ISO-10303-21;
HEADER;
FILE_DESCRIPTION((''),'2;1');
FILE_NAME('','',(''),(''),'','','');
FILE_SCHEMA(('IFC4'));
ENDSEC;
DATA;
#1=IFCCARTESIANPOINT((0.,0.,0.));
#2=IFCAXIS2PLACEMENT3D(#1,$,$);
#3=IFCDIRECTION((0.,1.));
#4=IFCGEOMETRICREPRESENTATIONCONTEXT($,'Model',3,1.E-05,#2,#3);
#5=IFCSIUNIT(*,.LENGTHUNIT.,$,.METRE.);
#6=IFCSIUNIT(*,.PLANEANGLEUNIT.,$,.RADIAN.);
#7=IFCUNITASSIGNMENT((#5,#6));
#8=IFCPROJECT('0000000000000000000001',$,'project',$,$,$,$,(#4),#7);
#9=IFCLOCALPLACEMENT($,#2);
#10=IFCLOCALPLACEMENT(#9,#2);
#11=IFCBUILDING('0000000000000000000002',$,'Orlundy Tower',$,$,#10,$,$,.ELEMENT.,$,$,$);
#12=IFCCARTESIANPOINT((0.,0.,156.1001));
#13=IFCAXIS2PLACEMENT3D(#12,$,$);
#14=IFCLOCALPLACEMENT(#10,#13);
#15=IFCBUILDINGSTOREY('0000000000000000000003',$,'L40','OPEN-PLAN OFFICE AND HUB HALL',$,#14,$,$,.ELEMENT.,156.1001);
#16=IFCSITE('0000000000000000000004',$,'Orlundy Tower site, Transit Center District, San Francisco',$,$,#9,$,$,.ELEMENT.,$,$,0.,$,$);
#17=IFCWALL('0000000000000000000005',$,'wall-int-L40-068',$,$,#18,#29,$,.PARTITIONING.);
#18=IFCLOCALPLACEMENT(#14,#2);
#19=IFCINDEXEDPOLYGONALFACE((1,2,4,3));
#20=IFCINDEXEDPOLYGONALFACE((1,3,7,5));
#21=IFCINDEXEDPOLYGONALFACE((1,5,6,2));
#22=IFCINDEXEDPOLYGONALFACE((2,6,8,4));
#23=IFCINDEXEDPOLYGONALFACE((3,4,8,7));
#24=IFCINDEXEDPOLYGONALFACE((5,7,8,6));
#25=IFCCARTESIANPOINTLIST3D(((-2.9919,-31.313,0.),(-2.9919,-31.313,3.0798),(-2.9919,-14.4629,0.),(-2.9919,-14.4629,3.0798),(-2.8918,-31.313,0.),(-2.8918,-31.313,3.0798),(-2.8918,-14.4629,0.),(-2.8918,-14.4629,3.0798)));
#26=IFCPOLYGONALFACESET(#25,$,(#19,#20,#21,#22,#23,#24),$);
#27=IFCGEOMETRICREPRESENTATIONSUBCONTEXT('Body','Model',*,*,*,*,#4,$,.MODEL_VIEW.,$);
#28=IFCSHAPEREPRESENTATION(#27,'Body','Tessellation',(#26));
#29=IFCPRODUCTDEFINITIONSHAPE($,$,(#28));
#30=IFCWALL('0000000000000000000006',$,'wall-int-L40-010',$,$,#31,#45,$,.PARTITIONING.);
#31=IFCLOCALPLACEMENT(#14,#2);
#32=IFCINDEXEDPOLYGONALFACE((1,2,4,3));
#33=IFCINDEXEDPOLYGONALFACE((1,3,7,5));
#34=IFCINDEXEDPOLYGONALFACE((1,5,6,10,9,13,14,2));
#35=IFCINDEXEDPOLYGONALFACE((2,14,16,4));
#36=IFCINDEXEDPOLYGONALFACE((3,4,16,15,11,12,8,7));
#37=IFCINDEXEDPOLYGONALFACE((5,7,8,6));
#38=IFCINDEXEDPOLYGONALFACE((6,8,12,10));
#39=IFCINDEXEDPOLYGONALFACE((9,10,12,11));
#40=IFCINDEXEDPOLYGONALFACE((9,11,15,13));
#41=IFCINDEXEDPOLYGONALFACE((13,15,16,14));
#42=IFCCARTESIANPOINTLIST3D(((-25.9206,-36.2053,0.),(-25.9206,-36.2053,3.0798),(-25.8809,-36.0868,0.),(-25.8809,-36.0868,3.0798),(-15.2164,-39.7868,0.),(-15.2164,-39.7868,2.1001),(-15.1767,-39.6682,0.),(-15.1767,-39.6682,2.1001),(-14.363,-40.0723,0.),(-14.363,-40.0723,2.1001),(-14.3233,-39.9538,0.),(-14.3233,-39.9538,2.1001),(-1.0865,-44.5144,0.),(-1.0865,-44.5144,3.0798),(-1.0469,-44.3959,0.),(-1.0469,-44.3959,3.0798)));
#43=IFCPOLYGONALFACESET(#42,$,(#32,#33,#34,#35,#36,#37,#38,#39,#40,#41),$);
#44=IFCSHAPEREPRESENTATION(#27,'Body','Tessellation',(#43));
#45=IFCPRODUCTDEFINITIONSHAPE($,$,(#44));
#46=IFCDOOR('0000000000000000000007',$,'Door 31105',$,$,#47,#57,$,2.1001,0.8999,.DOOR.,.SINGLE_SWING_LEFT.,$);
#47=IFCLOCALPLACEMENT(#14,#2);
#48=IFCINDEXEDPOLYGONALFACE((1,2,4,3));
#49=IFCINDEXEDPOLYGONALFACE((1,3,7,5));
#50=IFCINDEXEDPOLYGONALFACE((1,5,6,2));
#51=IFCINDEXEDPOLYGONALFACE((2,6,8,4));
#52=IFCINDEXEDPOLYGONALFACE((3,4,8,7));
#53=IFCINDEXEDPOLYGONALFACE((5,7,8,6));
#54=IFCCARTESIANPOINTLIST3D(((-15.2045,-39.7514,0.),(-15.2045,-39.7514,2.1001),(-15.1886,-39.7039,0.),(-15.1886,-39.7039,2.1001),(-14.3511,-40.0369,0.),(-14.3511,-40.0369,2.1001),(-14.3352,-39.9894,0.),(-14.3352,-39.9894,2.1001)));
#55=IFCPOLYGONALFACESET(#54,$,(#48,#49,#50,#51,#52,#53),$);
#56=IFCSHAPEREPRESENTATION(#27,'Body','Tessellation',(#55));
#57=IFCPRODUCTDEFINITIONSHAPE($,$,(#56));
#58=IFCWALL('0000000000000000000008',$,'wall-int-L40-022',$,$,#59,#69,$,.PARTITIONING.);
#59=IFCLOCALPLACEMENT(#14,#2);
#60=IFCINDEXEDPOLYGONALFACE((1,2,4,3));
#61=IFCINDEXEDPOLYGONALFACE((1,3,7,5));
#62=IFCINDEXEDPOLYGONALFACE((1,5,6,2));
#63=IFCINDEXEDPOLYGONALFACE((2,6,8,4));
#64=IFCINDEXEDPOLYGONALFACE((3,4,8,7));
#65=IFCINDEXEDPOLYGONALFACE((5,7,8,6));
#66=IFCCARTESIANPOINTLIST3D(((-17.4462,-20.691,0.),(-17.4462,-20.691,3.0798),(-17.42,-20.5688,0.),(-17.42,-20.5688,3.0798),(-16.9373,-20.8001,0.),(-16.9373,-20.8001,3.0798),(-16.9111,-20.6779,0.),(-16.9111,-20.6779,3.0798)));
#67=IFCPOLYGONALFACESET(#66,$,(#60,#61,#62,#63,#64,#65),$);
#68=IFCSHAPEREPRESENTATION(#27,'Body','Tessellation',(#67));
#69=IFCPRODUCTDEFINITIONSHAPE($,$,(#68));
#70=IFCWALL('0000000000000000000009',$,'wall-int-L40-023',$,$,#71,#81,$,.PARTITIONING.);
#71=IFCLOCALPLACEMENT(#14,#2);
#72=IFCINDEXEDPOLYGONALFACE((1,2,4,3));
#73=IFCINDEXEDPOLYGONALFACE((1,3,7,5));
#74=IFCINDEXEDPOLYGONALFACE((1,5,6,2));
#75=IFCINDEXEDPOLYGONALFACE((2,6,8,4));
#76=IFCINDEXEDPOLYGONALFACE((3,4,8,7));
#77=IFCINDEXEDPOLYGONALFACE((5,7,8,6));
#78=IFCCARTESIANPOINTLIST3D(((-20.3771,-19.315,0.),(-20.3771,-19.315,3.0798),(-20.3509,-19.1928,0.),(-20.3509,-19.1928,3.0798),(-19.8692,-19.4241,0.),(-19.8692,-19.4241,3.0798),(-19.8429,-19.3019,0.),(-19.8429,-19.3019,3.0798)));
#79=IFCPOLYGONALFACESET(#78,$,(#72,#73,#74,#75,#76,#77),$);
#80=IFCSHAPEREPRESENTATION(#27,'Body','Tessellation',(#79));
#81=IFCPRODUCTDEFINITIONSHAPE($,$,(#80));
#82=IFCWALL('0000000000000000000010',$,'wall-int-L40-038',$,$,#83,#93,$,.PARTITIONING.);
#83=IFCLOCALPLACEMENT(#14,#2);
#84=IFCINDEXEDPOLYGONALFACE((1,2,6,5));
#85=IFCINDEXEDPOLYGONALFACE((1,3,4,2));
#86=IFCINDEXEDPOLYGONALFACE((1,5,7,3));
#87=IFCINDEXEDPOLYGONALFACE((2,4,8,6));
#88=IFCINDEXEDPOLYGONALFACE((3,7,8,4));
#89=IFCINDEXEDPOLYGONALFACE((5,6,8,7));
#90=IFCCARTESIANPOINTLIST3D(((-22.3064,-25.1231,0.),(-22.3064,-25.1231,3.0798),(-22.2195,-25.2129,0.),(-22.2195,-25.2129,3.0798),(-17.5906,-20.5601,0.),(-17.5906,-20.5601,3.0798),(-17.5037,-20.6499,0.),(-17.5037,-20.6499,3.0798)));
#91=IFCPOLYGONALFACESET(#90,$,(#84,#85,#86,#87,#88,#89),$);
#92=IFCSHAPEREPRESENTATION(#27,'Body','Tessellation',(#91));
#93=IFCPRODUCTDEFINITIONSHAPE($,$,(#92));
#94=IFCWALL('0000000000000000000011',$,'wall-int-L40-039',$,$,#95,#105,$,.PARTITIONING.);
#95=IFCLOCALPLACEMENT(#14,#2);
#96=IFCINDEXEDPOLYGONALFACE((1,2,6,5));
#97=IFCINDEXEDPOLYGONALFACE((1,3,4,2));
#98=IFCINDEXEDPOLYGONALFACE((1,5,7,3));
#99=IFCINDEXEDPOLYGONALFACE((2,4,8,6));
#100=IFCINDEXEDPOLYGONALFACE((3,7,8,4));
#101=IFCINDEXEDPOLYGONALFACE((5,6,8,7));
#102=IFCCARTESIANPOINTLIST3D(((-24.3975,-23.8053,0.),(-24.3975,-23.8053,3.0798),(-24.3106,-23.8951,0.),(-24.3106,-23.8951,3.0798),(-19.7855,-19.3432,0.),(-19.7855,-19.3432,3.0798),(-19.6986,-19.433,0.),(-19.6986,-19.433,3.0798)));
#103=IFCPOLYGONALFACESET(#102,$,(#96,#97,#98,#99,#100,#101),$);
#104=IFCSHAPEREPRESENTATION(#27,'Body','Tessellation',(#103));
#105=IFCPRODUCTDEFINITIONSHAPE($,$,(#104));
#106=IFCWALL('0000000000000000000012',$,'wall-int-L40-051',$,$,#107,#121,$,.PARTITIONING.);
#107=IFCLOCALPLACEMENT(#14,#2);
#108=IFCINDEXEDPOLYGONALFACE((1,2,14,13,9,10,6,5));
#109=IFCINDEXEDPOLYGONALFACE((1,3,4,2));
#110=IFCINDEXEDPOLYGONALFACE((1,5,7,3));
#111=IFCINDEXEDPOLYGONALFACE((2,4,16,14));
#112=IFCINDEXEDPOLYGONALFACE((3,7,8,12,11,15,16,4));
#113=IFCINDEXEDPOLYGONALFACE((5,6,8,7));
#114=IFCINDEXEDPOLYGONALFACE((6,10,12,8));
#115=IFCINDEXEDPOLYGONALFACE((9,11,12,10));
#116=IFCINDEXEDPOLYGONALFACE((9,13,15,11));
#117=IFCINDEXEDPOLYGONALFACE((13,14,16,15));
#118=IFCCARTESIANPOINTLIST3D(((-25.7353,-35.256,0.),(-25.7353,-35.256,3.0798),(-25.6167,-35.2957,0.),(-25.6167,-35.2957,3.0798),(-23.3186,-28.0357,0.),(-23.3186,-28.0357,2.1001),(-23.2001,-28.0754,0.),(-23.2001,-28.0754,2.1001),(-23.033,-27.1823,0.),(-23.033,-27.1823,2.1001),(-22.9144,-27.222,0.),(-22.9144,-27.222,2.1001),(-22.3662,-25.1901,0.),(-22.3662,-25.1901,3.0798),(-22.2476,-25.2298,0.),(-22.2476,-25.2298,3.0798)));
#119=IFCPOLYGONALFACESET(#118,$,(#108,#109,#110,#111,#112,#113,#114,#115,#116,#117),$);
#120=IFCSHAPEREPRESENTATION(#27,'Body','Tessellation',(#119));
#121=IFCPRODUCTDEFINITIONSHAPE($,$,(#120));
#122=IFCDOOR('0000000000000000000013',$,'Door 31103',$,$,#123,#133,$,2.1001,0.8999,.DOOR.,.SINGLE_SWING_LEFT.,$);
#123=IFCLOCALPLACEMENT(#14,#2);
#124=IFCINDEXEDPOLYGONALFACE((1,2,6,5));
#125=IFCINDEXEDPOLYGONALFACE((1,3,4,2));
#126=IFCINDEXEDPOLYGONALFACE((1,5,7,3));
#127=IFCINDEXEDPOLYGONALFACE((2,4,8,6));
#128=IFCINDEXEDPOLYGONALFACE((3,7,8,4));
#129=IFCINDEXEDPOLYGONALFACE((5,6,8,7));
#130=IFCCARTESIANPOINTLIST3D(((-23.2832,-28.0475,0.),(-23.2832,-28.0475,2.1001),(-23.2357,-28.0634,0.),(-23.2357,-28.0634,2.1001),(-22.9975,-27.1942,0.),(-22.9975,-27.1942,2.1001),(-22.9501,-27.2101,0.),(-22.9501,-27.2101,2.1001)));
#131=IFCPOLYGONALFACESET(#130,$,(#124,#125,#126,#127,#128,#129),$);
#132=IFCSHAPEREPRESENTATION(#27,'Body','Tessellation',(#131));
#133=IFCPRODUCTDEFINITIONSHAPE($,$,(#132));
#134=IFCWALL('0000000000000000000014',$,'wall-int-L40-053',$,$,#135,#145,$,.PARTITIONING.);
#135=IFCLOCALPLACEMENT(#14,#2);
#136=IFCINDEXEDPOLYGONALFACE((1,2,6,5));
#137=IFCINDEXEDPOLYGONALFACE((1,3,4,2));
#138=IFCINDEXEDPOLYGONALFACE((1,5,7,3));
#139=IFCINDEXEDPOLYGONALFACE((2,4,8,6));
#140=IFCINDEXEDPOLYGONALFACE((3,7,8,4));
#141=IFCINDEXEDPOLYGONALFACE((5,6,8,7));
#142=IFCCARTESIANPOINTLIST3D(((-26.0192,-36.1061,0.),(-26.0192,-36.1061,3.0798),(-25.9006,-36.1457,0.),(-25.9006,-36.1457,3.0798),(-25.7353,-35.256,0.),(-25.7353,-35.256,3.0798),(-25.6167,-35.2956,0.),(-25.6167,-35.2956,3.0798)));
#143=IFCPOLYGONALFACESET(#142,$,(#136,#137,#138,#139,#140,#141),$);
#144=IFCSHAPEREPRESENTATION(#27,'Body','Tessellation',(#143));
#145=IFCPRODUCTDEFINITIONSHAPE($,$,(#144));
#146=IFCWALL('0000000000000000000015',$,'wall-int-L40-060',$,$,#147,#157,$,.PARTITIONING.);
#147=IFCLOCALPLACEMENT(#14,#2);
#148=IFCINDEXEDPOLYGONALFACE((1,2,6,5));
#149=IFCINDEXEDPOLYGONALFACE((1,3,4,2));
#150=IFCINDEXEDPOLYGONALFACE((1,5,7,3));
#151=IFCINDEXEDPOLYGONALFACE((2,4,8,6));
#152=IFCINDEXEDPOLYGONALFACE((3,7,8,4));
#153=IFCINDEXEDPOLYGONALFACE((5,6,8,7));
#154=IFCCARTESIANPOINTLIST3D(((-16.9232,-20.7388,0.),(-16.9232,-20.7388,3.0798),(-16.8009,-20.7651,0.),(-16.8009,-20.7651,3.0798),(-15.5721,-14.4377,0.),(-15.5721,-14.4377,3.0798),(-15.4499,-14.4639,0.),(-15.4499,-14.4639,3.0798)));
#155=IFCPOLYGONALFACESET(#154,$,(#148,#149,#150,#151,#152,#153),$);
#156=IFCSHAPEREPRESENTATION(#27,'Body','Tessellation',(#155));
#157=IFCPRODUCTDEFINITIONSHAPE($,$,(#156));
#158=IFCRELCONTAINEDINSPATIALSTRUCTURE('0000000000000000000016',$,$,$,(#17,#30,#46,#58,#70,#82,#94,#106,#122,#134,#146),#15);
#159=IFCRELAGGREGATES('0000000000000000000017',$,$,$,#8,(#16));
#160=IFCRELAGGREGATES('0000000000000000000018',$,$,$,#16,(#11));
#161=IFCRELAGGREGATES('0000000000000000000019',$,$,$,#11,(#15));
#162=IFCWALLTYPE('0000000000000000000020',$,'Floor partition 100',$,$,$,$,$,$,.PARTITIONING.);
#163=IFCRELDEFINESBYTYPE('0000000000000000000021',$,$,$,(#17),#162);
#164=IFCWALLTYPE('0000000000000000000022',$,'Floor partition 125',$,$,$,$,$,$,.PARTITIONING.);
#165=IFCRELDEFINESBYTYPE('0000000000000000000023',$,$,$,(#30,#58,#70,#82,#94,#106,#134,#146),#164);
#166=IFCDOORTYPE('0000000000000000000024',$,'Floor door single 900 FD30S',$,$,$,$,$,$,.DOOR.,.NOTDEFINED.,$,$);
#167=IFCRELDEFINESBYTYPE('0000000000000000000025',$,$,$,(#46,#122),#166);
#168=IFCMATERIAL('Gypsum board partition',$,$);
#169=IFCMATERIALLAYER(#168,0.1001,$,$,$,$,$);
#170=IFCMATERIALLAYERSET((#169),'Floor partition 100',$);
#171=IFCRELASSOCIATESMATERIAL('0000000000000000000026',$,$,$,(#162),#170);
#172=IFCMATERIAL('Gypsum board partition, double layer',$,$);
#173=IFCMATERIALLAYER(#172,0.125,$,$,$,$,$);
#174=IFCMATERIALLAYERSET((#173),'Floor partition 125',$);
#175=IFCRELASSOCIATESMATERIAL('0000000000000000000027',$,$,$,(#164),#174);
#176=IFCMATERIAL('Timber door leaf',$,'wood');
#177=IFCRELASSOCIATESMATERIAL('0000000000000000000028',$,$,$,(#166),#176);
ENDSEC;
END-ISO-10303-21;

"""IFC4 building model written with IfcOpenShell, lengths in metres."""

from ifc_helpers import new_model, si_unit, direction, frame, frame_2d, origin, place, context, subcontext, project, spatial, rectangle, extrude, material, layer, layer_set, type_object, element, fill, save


model = new_model("IFC4")

# Units and contexts
model_context = context("Model", 3, precision=1e-05, world=origin(), true_north=direction((0.0, 1.0)))
body_context = subcontext(model_context, "Body", "Model", "MODEL_VIEW")
ifc_project = project(units=[si_unit("LENGTHUNIT", "METRE"), si_unit("PLANEANGLEUNIT", "RADIAN")], contexts=[model_context])

# Site, building, storey
site_placement = place(None, origin())
site = spatial("IfcSite", under=ifc_project, at=site_placement, Name="Orlundy Tower site, Transit Center District, San Francisco", CompositionType="ELEMENT", RefElevation=0.0)
building_placement = place(site_placement, origin())
building = spatial("IfcBuilding", under=site, at=building_placement, Name="Orlundy Tower", CompositionType="ELEMENT")
storey_placement = place(building_placement, frame((0.0, 0.0, 156.1001)))
storey = spatial("IfcBuildingStorey", under=building, at=storey_placement, Name="L40", Description="OPEN-PLAN OFFICE AND HUB HALL", CompositionType="ELEMENT", Elevation=156.1001)

# Wall
ifc_material_1 = material(Name="Gypsum board partition")
ifc_layer_1 = layer(ifc_material_1, 0.1001)
ifc_layer_set_1 = layer_set([ifc_layer_1], Name="Floor partition 100")
wall_type_1 = type_object("IfcWallType", Name="Floor partition 100", PredefinedType="PARTITIONING", material=ifc_layer_set_1)
wall_1_placement = place(storey_placement, frame((-2.9419, -31.313, 0.0), z_axis=(0.0, 0.0, 1.0), x_axis=(0.0, 1.0, 0.0)))
element("IfcWall", 1, at=wall_1_placement, inside=storey, type_object=wall_type_1, Name="wall-int-L40-068", PredefinedType="PARTITIONING", context=body_context, shape_type="SweptSolid", body=[
    extrude(rectangle(XDim=16.8501, YDim=0.1001, at=frame_2d((8.425, 0.0))), origin(), (0.0, 0.0, 1.0), 3.0798),
])

# Wall, opening, door
ifc_material_2 = material(Name="Gypsum board partition, double layer")
ifc_layer_2 = layer(ifc_material_2, 0.125)
ifc_layer_set_2 = layer_set([ifc_layer_2], Name="Floor partition 125")
wall_type_2 = type_object("IfcWallType", Name="Floor partition 125", PredefinedType="PARTITIONING", material=ifc_layer_set_2)
wall_2_placement = place(storey_placement, frame((-25.9009, -36.146, 0.0), z_axis=(0.0, 0.0, 1.0), x_axis=(0.948327, -0.317296, 0.0)))
wall_2 = element("IfcWall", 2, at=wall_2_placement, inside=storey, type_object=wall_type_2, Name="wall-int-L40-010", PredefinedType="PARTITIONING", context=body_context, shape_type="SweptSolid", body=[
    extrude(rectangle(XDim=26.1873, YDim=0.125, at=frame_2d((13.0938, 0.0))), origin(), (0.0, 0.0, 1.0), 3.0798),
])
opening_1_placement = place(wall_2_placement, frame((11.2876, 0.0, 0.0)))
opening_1 = element("IfcOpeningElement", 3, at=opening_1_placement, cuts=wall_2, PredefinedType="OPENING", context=body_context, shape_type="SweptSolid", body=[
    extrude(rectangle(XDim=0.8999, YDim=2.1001, at=frame_2d((0.45, 1.05))), frame((0.0, 0.0725, 0.0), z_axis=(0.0, -1.0, 0.0), x_axis=(1.0, 0.0, 0.0)), (0.0, 0.0, 1.0), 0.145),
])
ifc_material_3 = material(Name="Timber door leaf", Category="wood")
door_type = type_object("IfcDoorType", Name="Floor door single 900 FD30S", OperationType="NOTDEFINED", PredefinedType="DOOR", material=ifc_material_3)
door_1_placement = place(opening_1_placement, origin())
door_1 = element("IfcDoor", 4, at=door_1_placement, inside=storey, type_object=door_type, Name="Door 31105", OperationType="SINGLE_SWING_LEFT", OverallHeight=2.1001, OverallWidth=0.8999, PredefinedType="DOOR", context=body_context, shape_type="SweptSolid", body=[
    extrude(rectangle(XDim=0.8999, YDim=2.1001, at=frame_2d((0.45, 1.05))), frame((0.0, 0.0249, 0.0), z_axis=(0.0, -1.0, 0.0), x_axis=(1.0, 0.0, 0.0)), (0.0, 0.0, 1.0), 0.05),
])
fill(opening_1, door_1)

# Walls
wall_3_placement = place(storey_placement, frame((-17.4331, -20.6299, 0.0), z_axis=(0.0, 0.0, 1.0), x_axis=(0.977782, -0.209625, 0.0)))
element("IfcWall", 5, at=wall_3_placement, inside=storey, type_object=wall_type_2, Name="wall-int-L40-022", PredefinedType="PARTITIONING", context=body_context, shape_type="SweptSolid", body=[
    extrude(rectangle(XDim=0.5205, YDim=0.125, at=frame_2d((0.2603, 0.0))), origin(), (0.0, 0.0, 1.0), 3.0798),
])
wall_4_placement = place(storey_placement, frame((-20.364, -19.2539, 0.0), z_axis=(0.0, 0.0, 1.0), x_axis=(0.977699, -0.21001, 0.0)))
element("IfcWall", 6, at=wall_4_placement, inside=storey, type_object=wall_type_2, Name="wall-int-L40-023", PredefinedType="PARTITIONING", context=body_context, shape_type="SweptSolid", body=[
    extrude(rectangle(XDim=0.5195, YDim=0.125, at=frame_2d((0.2598, 0.0))), origin(), (0.0, 0.0, 1.0), 3.0798),
])
wall_5_placement = place(storey_placement, frame((-17.5471, -20.605, 0.0), z_axis=(0.0, 0.0, 1.0), x_axis=(-0.718656, -0.695366, 0.0)))
element("IfcWall", 7, at=wall_5_placement, inside=storey, type_object=wall_type_2, Name="wall-int-L40-038", PredefinedType="PARTITIONING", context=body_context, shape_type="SweptSolid", body=[
    extrude(rectangle(XDim=6.562, YDim=0.125, at=frame_2d((3.281, 0.0))), origin(), (0.0, 0.0, 1.0), 3.0798),
])
wall_6_placement = place(storey_placement, frame((-24.354, -23.8501, 0.0), z_axis=(0.0, 0.0, 1.0), x_axis=(0.71869, 0.695331, 0.0)))
element("IfcWall", 8, at=wall_6_placement, inside=storey, type_object=wall_type_2, Name="wall-int-L40-039", PredefinedType="PARTITIONING", context=body_context, shape_type="SweptSolid", body=[
    extrude(rectangle(XDim=6.4172, YDim=0.125, at=frame_2d((3.2085, 0.0))), origin(), (0.0, 0.0, 1.0), 3.0798),
])

# Wall, opening, door
wall_7_placement = place(storey_placement, frame((-22.3069, -25.21, 0.0), z_axis=(0.0, 0.0, 1.0), x_axis=(-0.317401, -0.948292, 0.0)))
wall_7 = element("IfcWall", 9, at=wall_7_placement, inside=storey, type_object=wall_type_2, Name="wall-int-L40-051", PredefinedType="PARTITIONING", context=body_context, shape_type="SweptSolid", body=[
    extrude(rectangle(XDim=10.6147, YDim=0.125, at=frame_2d((5.3074, 0.0))), origin(), (0.0, 0.0, 1.0), 3.0798),
])
opening_2_placement = place(wall_7_placement, frame((2.1008, 0.0, 0.0)))
opening_2 = element("IfcOpeningElement", 10, at=opening_2_placement, cuts=wall_7, PredefinedType="OPENING", context=body_context, shape_type="SweptSolid", body=[
    extrude(rectangle(XDim=0.8999, YDim=2.1001, at=frame_2d((0.45, 1.05))), frame((0.0, 0.0725, 0.0), z_axis=(0.0, -1.0, 0.0), x_axis=(1.0, 0.0, 0.0)), (0.0, 0.0, 1.0), 0.145),
])
door_2_placement = place(opening_2_placement, origin())
door_2 = element("IfcDoor", 11, at=door_2_placement, inside=storey, type_object=door_type, Name="Door 31103", OperationType="SINGLE_SWING_LEFT", OverallHeight=2.1001, OverallWidth=0.8999, PredefinedType="DOOR", context=body_context, shape_type="SweptSolid", body=[
    extrude(rectangle(XDim=0.8999, YDim=2.1001, at=frame_2d((0.45, 1.05))), frame((0.0, 0.0249, 0.0), z_axis=(0.0, -1.0, 0.0), x_axis=(1.0, 0.0, 0.0)), (0.0, 0.0, 1.0), 0.05),
])
fill(opening_2, door_2)

# Walls
wall_8_placement = place(storey_placement, frame((-25.96, -36.126, 0.0), z_axis=(0.0, 0.0, 1.0), x_axis=(0.3168, 0.948492, 0.0)))
element("IfcWall", 12, at=wall_8_placement, inside=storey, type_object=wall_type_2, Name="wall-int-L40-053", PredefinedType="PARTITIONING", context=body_context, shape_type="SweptSolid", body=[
    extrude(rectangle(XDim=0.8962, YDim=0.125, at=frame_2d((0.4482, 0.0))), origin(), (0.0, 0.0, 1.0), 3.0798),
])
wall_9_placement = place(storey_placement, frame((-16.8621, -20.752, 0.0), z_axis=(0.0, 0.0, 1.0), x_axis=(0.209656, 0.977775, 0.0)))
element("IfcWall", 13, at=wall_9_placement, inside=storey, type_object=wall_type_2, Name="wall-int-L40-060", PredefinedType="PARTITIONING", context=body_context, shape_type="SweptSolid", body=[
    extrude(rectangle(XDim=6.4443, YDim=0.125, at=frame_2d((3.2222, 0.0))), origin(), (0.0, 0.0, 1.0), 3.0798),
])

save(model, "model.ifc")
